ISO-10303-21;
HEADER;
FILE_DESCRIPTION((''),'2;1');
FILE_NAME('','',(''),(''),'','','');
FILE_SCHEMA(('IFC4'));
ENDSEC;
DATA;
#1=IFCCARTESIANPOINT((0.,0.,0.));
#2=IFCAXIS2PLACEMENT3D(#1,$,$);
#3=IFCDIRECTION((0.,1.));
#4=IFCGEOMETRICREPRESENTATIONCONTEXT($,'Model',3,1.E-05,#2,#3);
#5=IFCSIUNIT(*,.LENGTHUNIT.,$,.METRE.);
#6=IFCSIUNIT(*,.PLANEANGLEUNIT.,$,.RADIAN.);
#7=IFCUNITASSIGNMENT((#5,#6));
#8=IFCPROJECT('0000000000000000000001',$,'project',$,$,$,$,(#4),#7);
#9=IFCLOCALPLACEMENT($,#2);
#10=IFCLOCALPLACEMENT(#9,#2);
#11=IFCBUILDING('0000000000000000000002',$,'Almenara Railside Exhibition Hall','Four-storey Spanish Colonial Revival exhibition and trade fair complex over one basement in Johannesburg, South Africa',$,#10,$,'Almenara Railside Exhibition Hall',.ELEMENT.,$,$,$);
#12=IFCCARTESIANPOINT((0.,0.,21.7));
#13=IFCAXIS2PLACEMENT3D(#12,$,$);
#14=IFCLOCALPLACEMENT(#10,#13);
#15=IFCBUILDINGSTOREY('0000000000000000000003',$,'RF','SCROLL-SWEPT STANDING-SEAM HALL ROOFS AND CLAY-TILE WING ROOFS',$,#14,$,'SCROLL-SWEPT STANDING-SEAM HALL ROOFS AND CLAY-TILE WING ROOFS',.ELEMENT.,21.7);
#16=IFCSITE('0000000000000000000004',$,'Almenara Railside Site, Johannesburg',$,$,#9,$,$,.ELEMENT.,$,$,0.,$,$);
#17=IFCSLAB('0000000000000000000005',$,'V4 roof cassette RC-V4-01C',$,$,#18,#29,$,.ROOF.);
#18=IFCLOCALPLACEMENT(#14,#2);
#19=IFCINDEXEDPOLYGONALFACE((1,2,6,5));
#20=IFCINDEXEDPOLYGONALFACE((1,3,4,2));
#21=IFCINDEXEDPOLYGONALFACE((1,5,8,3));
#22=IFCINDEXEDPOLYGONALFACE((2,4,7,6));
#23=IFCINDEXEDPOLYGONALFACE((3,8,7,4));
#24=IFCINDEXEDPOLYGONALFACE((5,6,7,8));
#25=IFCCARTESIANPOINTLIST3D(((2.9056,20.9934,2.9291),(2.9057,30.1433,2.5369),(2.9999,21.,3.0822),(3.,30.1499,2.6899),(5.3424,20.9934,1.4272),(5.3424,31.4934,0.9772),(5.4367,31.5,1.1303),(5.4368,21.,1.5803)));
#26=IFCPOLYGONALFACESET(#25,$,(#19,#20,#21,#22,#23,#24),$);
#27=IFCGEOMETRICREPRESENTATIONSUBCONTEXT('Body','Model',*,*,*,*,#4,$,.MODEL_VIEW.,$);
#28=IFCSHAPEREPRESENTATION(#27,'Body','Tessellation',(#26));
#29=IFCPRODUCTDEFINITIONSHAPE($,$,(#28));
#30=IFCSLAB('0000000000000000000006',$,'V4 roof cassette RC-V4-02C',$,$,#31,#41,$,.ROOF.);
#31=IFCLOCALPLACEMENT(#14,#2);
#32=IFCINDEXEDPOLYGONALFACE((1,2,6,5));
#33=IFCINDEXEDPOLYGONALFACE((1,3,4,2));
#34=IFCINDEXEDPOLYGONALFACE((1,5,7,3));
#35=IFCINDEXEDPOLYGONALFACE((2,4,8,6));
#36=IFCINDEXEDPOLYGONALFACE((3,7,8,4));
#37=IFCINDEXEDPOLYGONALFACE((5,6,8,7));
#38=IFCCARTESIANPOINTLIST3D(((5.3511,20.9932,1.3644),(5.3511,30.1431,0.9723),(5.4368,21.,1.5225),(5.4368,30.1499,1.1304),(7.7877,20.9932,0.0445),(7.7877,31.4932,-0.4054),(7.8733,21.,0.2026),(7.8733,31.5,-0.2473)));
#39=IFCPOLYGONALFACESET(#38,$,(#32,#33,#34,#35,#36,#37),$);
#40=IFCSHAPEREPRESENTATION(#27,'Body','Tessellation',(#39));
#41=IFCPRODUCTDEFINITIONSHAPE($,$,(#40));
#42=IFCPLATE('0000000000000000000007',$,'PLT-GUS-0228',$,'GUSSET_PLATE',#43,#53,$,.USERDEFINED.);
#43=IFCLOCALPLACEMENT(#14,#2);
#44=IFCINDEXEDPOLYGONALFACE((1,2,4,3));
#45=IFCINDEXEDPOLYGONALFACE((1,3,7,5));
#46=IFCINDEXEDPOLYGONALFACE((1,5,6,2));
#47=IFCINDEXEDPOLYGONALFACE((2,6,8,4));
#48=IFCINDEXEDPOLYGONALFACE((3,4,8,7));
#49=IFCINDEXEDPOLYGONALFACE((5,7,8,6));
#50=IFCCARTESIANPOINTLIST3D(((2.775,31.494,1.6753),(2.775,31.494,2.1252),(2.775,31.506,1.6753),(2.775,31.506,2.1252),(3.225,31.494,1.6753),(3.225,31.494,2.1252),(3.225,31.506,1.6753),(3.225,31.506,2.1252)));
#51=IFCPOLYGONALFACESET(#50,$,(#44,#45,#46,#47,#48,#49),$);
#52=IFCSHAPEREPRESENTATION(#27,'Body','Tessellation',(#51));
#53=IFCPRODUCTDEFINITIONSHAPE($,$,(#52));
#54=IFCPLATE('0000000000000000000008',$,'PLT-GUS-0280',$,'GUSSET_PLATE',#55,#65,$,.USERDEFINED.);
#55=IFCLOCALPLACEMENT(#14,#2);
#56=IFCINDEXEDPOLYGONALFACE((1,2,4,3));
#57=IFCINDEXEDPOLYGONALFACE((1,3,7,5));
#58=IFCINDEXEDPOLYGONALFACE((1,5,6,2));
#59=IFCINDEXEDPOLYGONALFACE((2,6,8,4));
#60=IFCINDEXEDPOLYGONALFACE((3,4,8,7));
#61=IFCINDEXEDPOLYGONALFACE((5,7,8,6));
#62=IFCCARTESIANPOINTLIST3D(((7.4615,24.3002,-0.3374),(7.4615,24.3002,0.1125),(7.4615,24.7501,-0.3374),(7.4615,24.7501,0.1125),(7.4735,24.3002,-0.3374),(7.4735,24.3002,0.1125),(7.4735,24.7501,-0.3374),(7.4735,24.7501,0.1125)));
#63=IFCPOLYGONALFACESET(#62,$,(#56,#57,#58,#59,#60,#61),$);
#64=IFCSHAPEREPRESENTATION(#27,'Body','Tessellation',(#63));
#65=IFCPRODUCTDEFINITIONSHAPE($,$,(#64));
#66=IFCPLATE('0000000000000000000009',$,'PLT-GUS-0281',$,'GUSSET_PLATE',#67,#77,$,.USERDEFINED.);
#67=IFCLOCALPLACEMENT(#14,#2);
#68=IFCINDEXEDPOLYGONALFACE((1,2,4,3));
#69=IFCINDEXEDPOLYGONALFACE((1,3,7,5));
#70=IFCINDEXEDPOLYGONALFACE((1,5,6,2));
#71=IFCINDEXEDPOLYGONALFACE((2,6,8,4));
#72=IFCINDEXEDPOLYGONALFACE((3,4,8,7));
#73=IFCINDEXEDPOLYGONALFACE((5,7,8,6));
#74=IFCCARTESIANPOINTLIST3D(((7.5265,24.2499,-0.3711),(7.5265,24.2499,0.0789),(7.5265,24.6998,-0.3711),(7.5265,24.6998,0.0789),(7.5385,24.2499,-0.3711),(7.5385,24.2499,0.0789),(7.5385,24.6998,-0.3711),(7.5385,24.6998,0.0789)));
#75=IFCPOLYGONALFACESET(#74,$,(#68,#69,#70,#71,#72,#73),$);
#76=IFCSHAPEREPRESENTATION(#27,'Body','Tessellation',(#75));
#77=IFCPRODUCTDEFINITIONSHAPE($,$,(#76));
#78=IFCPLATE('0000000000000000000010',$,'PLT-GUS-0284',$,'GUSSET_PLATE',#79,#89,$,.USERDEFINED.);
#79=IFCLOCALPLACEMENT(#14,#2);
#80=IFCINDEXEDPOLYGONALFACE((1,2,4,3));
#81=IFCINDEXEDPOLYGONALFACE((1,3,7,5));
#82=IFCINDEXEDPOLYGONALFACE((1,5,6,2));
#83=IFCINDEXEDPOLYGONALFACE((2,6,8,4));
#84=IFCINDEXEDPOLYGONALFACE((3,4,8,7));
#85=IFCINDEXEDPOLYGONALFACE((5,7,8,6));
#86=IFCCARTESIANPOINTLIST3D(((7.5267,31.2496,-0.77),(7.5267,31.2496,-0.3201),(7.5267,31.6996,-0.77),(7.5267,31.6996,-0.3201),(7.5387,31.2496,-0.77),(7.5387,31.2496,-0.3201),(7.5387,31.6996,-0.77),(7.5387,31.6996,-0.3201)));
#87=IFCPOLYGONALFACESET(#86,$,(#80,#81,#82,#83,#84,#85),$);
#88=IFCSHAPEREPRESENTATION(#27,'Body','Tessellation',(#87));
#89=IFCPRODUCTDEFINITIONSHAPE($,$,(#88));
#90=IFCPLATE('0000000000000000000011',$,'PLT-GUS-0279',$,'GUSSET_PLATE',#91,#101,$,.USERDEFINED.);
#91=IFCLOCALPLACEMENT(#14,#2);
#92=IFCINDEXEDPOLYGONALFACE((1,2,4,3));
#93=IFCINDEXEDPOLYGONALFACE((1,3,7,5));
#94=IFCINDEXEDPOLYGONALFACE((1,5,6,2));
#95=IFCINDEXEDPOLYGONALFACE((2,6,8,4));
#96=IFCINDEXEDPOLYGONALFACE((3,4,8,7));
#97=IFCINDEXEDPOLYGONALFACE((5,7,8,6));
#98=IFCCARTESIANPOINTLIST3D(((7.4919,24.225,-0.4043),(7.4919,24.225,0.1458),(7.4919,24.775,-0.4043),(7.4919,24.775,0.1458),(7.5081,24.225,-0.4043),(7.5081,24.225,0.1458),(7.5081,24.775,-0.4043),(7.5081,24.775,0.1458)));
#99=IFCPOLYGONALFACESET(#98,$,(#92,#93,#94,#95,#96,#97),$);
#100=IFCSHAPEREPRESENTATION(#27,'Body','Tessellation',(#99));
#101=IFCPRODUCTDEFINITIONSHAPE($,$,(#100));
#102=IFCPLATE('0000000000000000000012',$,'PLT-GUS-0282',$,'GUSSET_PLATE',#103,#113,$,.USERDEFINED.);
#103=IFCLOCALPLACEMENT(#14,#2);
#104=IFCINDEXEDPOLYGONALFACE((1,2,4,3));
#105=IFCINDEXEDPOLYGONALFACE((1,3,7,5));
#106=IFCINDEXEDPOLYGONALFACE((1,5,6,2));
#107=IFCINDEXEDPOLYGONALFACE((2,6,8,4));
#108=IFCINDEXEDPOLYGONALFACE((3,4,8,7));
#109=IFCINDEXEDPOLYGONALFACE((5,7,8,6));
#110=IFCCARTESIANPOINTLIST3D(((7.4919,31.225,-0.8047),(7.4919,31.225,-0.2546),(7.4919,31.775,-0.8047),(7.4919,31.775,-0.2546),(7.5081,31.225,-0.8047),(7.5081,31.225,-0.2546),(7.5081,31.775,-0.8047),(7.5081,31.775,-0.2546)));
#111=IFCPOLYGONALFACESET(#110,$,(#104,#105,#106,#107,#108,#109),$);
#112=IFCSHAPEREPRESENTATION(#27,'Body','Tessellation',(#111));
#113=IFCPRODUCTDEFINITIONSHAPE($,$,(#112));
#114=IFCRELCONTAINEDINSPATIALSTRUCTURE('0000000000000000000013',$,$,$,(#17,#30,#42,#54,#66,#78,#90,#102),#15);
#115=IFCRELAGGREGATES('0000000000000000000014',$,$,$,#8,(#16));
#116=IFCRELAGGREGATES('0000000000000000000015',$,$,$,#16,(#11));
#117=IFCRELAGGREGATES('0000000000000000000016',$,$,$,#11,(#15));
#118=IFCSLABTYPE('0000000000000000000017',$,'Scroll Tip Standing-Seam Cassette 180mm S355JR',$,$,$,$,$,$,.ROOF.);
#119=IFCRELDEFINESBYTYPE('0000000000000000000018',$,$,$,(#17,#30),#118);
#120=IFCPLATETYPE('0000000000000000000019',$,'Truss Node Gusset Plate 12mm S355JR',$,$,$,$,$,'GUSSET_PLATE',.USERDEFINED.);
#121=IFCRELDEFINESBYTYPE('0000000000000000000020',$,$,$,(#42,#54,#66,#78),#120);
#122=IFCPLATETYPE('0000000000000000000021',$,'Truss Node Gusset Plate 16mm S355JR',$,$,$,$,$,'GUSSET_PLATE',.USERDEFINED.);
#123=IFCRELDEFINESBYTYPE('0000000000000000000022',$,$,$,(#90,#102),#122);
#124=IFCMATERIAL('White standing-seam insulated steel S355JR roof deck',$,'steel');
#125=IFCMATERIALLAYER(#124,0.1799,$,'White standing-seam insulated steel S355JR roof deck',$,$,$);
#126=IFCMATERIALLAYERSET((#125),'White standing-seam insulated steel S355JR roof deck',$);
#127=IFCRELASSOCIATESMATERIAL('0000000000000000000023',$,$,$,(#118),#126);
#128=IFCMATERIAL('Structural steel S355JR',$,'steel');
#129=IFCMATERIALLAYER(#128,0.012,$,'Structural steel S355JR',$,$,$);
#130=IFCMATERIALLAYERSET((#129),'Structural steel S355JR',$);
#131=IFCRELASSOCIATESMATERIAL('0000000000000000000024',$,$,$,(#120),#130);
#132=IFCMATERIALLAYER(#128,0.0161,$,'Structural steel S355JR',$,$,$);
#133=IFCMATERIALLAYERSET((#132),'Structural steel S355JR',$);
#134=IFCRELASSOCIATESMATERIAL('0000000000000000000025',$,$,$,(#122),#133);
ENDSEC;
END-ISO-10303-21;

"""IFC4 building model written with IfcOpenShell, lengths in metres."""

from ifc_helpers import new_model, si_unit, direction, frame, origin, origin_2d, place, context, subcontext, project, spatial, polyline, rectangle, outline, extrude, material, layer, layer_set, type_object, element, save


model = new_model("IFC4")

# Units and contexts
model_context = context("Model", 3, precision=1e-05, world=origin(), true_north=direction((0.0, 1.0)))
body_context = subcontext(model_context, "Body", "Model", "MODEL_VIEW")
ifc_project = project(units=[si_unit("LENGTHUNIT", "METRE"), si_unit("PLANEANGLEUNIT", "RADIAN")], contexts=[model_context])

# Site, building, storey
site_placement = place(None, origin())
site = spatial("IfcSite", under=ifc_project, at=site_placement, Name="Almenara Railside Site, Johannesburg", CompositionType="ELEMENT", RefElevation=0.0)
building_placement = place(site_placement, origin())
building = spatial("IfcBuilding", under=site, at=building_placement, Name="Almenara Railside Exhibition Hall", Description="Four-storey Spanish Colonial Revival exhibition and trade fair complex over one basement in Johannesburg, South Africa", LongName="Almenara Railside Exhibition Hall", CompositionType="ELEMENT")
storey_placement = place(building_placement, frame((0.0, 0.0, 21.7)))
storey = spatial("IfcBuildingStorey", under=building, at=storey_placement, Name="RF", Description="SCROLL-SWEPT STANDING-SEAM HALL ROOFS AND CLAY-TILE WING ROOFS", LongName="SCROLL-SWEPT STANDING-SEAM HALL ROOFS AND CLAY-TILE WING ROOFS", CompositionType="ELEMENT", Elevation=21.7)

# Shared definitions
ifc_material_1 = material(Name="Structural steel S355JR", Category="steel")

# Slabs
ifc_material_2 = material(Name="White standing-seam insulated steel S355JR roof deck", Category="steel")
ifc_layer_1 = layer(ifc_material_2, 0.1799, Name="White standing-seam insulated steel S355JR roof deck")
ifc_layer_set_1 = layer_set([ifc_layer_1], Name="White standing-seam insulated steel S355JR roof deck")
slab_type_1 = type_object("IfcSlabType", Name="Scroll Tip Standing-Seam Cassette 180mm S355JR", PredefinedType="ROOF", material=ifc_layer_set_1)
slab_1_placement = place(storey_placement, frame((3.0, 30.1499, 2.6899), z_axis=(0.524325, 0.036466, 0.850737), x_axis=(0.763231, 0.422879, -0.48852)))
element("IfcSlab", 1, at=slab_1_placement, inside=storey, type_object=slab_type_1, Name="V4 roof cassette RC-V4-01C", PredefinedType="ROOF", context=body_context, shape_type="SweptSolid", body=[
    extrude(outline(polyline([(0.0, 0.0), (3.1926, 0.0), (-1.4674, -9.42), (-4.061, -8.2087), (0.0, 0.0)])), origin(), (0.0, 0.0, -1.0), 0.1799),
])
slab_2_placement = place(storey_placement, frame((5.4368, 30.1499, 1.1304), z_axis=(0.475958, 0.037653, 0.878662), x_axis=(0.784043, 0.434445, -0.443321)))
element("IfcSlab", 2, at=slab_2_placement, inside=storey, type_object=slab_type_1, Name="V4 roof cassette RC-V4-02C", PredefinedType="ROOF", context=body_context, shape_type="SweptSolid", body=[
    extrude(outline(polyline([(0.0, 0.0), (3.1076, 0.0), (-1.6535, -9.3693), (-4.1489, -8.1646), (0.0, 0.0)])), origin(), (0.0, 0.0, -1.0), 0.1799),
])

# Plates
ifc_layer_2 = layer(ifc_material_1, 0.012, Name="Structural steel S355JR")
ifc_layer_set_2 = layer_set([ifc_layer_2], Name="Structural steel S355JR")
plate_type_1 = type_object("IfcPlateType", Name="Truss Node Gusset Plate 12mm S355JR", ElementType="GUSSET_PLATE", PredefinedType="USERDEFINED", material=ifc_layer_set_2)
for number, where, z_axis, x_axis, name in (
    (3, (3.0, 31.5, 1.6753), (0.0, 0.0, 1.0), (1.0, 0.0, 0.0), "PLT-GUS-0228"),
    (4, (7.4675, 24.5251, -0.3374), (0.0, 0.0, 1.0), (0.0, 1.0, 0.0), "PLT-GUS-0280"),
    (5, (7.5325, 24.4749, -0.3711), (0.0, 0.0, 1.0), (0.0, 1.0, 0.0), "PLT-GUS-0281"),
    (6, (7.5327, 31.4746, -0.77), (0.0, 0.0, 1.0), (0.0, 1.0, 0.0), "PLT-GUS-0284"),
):
    element("IfcPlate", number, at=place(storey_placement, frame(where, z_axis=z_axis, x_axis=x_axis)), inside=storey, type_object=plate_type_1, Name=name, ObjectType="GUSSET_PLATE", PredefinedType="USERDEFINED", context=body_context, shape_type="SweptSolid", body=[
        extrude(rectangle(XDim=0.45, YDim=0.012, at=origin_2d()), origin(), (0.0, 0.0, 1.0), 0.45),
    ])
ifc_layer_3 = layer(ifc_material_1, 0.0161, Name="Structural steel S355JR")
ifc_layer_set_3 = layer_set([ifc_layer_3], Name="Structural steel S355JR")
plate_type_2 = type_object("IfcPlateType", Name="Truss Node Gusset Plate 16mm S355JR", ElementType="GUSSET_PLATE", PredefinedType="USERDEFINED", material=ifc_layer_set_3)
for number, where, z_axis, x_axis, name in (
    (7, (7.5, 24.5, -0.4043), (0.0, 0.0, 1.0), (0.0, 1.0, 0.0), "PLT-GUS-0279"),
    (8, (7.5, 31.5, -0.8047), (0.0, 0.0, 1.0), (0.0, 1.0, 0.0), "PLT-GUS-0282"),
):
    element("IfcPlate", number, at=place(storey_placement, frame(where, z_axis=z_axis, x_axis=x_axis)), inside=storey, type_object=plate_type_2, Name=name, ObjectType="GUSSET_PLATE", PredefinedType="USERDEFINED", context=body_context, shape_type="SweptSolid", body=[
        extrude(rectangle(XDim=0.55, YDim=0.0161, at=origin_2d()), origin(), (0.0, 0.0, 1.0), 0.55),
    ])

save(model, "model.ifc")
